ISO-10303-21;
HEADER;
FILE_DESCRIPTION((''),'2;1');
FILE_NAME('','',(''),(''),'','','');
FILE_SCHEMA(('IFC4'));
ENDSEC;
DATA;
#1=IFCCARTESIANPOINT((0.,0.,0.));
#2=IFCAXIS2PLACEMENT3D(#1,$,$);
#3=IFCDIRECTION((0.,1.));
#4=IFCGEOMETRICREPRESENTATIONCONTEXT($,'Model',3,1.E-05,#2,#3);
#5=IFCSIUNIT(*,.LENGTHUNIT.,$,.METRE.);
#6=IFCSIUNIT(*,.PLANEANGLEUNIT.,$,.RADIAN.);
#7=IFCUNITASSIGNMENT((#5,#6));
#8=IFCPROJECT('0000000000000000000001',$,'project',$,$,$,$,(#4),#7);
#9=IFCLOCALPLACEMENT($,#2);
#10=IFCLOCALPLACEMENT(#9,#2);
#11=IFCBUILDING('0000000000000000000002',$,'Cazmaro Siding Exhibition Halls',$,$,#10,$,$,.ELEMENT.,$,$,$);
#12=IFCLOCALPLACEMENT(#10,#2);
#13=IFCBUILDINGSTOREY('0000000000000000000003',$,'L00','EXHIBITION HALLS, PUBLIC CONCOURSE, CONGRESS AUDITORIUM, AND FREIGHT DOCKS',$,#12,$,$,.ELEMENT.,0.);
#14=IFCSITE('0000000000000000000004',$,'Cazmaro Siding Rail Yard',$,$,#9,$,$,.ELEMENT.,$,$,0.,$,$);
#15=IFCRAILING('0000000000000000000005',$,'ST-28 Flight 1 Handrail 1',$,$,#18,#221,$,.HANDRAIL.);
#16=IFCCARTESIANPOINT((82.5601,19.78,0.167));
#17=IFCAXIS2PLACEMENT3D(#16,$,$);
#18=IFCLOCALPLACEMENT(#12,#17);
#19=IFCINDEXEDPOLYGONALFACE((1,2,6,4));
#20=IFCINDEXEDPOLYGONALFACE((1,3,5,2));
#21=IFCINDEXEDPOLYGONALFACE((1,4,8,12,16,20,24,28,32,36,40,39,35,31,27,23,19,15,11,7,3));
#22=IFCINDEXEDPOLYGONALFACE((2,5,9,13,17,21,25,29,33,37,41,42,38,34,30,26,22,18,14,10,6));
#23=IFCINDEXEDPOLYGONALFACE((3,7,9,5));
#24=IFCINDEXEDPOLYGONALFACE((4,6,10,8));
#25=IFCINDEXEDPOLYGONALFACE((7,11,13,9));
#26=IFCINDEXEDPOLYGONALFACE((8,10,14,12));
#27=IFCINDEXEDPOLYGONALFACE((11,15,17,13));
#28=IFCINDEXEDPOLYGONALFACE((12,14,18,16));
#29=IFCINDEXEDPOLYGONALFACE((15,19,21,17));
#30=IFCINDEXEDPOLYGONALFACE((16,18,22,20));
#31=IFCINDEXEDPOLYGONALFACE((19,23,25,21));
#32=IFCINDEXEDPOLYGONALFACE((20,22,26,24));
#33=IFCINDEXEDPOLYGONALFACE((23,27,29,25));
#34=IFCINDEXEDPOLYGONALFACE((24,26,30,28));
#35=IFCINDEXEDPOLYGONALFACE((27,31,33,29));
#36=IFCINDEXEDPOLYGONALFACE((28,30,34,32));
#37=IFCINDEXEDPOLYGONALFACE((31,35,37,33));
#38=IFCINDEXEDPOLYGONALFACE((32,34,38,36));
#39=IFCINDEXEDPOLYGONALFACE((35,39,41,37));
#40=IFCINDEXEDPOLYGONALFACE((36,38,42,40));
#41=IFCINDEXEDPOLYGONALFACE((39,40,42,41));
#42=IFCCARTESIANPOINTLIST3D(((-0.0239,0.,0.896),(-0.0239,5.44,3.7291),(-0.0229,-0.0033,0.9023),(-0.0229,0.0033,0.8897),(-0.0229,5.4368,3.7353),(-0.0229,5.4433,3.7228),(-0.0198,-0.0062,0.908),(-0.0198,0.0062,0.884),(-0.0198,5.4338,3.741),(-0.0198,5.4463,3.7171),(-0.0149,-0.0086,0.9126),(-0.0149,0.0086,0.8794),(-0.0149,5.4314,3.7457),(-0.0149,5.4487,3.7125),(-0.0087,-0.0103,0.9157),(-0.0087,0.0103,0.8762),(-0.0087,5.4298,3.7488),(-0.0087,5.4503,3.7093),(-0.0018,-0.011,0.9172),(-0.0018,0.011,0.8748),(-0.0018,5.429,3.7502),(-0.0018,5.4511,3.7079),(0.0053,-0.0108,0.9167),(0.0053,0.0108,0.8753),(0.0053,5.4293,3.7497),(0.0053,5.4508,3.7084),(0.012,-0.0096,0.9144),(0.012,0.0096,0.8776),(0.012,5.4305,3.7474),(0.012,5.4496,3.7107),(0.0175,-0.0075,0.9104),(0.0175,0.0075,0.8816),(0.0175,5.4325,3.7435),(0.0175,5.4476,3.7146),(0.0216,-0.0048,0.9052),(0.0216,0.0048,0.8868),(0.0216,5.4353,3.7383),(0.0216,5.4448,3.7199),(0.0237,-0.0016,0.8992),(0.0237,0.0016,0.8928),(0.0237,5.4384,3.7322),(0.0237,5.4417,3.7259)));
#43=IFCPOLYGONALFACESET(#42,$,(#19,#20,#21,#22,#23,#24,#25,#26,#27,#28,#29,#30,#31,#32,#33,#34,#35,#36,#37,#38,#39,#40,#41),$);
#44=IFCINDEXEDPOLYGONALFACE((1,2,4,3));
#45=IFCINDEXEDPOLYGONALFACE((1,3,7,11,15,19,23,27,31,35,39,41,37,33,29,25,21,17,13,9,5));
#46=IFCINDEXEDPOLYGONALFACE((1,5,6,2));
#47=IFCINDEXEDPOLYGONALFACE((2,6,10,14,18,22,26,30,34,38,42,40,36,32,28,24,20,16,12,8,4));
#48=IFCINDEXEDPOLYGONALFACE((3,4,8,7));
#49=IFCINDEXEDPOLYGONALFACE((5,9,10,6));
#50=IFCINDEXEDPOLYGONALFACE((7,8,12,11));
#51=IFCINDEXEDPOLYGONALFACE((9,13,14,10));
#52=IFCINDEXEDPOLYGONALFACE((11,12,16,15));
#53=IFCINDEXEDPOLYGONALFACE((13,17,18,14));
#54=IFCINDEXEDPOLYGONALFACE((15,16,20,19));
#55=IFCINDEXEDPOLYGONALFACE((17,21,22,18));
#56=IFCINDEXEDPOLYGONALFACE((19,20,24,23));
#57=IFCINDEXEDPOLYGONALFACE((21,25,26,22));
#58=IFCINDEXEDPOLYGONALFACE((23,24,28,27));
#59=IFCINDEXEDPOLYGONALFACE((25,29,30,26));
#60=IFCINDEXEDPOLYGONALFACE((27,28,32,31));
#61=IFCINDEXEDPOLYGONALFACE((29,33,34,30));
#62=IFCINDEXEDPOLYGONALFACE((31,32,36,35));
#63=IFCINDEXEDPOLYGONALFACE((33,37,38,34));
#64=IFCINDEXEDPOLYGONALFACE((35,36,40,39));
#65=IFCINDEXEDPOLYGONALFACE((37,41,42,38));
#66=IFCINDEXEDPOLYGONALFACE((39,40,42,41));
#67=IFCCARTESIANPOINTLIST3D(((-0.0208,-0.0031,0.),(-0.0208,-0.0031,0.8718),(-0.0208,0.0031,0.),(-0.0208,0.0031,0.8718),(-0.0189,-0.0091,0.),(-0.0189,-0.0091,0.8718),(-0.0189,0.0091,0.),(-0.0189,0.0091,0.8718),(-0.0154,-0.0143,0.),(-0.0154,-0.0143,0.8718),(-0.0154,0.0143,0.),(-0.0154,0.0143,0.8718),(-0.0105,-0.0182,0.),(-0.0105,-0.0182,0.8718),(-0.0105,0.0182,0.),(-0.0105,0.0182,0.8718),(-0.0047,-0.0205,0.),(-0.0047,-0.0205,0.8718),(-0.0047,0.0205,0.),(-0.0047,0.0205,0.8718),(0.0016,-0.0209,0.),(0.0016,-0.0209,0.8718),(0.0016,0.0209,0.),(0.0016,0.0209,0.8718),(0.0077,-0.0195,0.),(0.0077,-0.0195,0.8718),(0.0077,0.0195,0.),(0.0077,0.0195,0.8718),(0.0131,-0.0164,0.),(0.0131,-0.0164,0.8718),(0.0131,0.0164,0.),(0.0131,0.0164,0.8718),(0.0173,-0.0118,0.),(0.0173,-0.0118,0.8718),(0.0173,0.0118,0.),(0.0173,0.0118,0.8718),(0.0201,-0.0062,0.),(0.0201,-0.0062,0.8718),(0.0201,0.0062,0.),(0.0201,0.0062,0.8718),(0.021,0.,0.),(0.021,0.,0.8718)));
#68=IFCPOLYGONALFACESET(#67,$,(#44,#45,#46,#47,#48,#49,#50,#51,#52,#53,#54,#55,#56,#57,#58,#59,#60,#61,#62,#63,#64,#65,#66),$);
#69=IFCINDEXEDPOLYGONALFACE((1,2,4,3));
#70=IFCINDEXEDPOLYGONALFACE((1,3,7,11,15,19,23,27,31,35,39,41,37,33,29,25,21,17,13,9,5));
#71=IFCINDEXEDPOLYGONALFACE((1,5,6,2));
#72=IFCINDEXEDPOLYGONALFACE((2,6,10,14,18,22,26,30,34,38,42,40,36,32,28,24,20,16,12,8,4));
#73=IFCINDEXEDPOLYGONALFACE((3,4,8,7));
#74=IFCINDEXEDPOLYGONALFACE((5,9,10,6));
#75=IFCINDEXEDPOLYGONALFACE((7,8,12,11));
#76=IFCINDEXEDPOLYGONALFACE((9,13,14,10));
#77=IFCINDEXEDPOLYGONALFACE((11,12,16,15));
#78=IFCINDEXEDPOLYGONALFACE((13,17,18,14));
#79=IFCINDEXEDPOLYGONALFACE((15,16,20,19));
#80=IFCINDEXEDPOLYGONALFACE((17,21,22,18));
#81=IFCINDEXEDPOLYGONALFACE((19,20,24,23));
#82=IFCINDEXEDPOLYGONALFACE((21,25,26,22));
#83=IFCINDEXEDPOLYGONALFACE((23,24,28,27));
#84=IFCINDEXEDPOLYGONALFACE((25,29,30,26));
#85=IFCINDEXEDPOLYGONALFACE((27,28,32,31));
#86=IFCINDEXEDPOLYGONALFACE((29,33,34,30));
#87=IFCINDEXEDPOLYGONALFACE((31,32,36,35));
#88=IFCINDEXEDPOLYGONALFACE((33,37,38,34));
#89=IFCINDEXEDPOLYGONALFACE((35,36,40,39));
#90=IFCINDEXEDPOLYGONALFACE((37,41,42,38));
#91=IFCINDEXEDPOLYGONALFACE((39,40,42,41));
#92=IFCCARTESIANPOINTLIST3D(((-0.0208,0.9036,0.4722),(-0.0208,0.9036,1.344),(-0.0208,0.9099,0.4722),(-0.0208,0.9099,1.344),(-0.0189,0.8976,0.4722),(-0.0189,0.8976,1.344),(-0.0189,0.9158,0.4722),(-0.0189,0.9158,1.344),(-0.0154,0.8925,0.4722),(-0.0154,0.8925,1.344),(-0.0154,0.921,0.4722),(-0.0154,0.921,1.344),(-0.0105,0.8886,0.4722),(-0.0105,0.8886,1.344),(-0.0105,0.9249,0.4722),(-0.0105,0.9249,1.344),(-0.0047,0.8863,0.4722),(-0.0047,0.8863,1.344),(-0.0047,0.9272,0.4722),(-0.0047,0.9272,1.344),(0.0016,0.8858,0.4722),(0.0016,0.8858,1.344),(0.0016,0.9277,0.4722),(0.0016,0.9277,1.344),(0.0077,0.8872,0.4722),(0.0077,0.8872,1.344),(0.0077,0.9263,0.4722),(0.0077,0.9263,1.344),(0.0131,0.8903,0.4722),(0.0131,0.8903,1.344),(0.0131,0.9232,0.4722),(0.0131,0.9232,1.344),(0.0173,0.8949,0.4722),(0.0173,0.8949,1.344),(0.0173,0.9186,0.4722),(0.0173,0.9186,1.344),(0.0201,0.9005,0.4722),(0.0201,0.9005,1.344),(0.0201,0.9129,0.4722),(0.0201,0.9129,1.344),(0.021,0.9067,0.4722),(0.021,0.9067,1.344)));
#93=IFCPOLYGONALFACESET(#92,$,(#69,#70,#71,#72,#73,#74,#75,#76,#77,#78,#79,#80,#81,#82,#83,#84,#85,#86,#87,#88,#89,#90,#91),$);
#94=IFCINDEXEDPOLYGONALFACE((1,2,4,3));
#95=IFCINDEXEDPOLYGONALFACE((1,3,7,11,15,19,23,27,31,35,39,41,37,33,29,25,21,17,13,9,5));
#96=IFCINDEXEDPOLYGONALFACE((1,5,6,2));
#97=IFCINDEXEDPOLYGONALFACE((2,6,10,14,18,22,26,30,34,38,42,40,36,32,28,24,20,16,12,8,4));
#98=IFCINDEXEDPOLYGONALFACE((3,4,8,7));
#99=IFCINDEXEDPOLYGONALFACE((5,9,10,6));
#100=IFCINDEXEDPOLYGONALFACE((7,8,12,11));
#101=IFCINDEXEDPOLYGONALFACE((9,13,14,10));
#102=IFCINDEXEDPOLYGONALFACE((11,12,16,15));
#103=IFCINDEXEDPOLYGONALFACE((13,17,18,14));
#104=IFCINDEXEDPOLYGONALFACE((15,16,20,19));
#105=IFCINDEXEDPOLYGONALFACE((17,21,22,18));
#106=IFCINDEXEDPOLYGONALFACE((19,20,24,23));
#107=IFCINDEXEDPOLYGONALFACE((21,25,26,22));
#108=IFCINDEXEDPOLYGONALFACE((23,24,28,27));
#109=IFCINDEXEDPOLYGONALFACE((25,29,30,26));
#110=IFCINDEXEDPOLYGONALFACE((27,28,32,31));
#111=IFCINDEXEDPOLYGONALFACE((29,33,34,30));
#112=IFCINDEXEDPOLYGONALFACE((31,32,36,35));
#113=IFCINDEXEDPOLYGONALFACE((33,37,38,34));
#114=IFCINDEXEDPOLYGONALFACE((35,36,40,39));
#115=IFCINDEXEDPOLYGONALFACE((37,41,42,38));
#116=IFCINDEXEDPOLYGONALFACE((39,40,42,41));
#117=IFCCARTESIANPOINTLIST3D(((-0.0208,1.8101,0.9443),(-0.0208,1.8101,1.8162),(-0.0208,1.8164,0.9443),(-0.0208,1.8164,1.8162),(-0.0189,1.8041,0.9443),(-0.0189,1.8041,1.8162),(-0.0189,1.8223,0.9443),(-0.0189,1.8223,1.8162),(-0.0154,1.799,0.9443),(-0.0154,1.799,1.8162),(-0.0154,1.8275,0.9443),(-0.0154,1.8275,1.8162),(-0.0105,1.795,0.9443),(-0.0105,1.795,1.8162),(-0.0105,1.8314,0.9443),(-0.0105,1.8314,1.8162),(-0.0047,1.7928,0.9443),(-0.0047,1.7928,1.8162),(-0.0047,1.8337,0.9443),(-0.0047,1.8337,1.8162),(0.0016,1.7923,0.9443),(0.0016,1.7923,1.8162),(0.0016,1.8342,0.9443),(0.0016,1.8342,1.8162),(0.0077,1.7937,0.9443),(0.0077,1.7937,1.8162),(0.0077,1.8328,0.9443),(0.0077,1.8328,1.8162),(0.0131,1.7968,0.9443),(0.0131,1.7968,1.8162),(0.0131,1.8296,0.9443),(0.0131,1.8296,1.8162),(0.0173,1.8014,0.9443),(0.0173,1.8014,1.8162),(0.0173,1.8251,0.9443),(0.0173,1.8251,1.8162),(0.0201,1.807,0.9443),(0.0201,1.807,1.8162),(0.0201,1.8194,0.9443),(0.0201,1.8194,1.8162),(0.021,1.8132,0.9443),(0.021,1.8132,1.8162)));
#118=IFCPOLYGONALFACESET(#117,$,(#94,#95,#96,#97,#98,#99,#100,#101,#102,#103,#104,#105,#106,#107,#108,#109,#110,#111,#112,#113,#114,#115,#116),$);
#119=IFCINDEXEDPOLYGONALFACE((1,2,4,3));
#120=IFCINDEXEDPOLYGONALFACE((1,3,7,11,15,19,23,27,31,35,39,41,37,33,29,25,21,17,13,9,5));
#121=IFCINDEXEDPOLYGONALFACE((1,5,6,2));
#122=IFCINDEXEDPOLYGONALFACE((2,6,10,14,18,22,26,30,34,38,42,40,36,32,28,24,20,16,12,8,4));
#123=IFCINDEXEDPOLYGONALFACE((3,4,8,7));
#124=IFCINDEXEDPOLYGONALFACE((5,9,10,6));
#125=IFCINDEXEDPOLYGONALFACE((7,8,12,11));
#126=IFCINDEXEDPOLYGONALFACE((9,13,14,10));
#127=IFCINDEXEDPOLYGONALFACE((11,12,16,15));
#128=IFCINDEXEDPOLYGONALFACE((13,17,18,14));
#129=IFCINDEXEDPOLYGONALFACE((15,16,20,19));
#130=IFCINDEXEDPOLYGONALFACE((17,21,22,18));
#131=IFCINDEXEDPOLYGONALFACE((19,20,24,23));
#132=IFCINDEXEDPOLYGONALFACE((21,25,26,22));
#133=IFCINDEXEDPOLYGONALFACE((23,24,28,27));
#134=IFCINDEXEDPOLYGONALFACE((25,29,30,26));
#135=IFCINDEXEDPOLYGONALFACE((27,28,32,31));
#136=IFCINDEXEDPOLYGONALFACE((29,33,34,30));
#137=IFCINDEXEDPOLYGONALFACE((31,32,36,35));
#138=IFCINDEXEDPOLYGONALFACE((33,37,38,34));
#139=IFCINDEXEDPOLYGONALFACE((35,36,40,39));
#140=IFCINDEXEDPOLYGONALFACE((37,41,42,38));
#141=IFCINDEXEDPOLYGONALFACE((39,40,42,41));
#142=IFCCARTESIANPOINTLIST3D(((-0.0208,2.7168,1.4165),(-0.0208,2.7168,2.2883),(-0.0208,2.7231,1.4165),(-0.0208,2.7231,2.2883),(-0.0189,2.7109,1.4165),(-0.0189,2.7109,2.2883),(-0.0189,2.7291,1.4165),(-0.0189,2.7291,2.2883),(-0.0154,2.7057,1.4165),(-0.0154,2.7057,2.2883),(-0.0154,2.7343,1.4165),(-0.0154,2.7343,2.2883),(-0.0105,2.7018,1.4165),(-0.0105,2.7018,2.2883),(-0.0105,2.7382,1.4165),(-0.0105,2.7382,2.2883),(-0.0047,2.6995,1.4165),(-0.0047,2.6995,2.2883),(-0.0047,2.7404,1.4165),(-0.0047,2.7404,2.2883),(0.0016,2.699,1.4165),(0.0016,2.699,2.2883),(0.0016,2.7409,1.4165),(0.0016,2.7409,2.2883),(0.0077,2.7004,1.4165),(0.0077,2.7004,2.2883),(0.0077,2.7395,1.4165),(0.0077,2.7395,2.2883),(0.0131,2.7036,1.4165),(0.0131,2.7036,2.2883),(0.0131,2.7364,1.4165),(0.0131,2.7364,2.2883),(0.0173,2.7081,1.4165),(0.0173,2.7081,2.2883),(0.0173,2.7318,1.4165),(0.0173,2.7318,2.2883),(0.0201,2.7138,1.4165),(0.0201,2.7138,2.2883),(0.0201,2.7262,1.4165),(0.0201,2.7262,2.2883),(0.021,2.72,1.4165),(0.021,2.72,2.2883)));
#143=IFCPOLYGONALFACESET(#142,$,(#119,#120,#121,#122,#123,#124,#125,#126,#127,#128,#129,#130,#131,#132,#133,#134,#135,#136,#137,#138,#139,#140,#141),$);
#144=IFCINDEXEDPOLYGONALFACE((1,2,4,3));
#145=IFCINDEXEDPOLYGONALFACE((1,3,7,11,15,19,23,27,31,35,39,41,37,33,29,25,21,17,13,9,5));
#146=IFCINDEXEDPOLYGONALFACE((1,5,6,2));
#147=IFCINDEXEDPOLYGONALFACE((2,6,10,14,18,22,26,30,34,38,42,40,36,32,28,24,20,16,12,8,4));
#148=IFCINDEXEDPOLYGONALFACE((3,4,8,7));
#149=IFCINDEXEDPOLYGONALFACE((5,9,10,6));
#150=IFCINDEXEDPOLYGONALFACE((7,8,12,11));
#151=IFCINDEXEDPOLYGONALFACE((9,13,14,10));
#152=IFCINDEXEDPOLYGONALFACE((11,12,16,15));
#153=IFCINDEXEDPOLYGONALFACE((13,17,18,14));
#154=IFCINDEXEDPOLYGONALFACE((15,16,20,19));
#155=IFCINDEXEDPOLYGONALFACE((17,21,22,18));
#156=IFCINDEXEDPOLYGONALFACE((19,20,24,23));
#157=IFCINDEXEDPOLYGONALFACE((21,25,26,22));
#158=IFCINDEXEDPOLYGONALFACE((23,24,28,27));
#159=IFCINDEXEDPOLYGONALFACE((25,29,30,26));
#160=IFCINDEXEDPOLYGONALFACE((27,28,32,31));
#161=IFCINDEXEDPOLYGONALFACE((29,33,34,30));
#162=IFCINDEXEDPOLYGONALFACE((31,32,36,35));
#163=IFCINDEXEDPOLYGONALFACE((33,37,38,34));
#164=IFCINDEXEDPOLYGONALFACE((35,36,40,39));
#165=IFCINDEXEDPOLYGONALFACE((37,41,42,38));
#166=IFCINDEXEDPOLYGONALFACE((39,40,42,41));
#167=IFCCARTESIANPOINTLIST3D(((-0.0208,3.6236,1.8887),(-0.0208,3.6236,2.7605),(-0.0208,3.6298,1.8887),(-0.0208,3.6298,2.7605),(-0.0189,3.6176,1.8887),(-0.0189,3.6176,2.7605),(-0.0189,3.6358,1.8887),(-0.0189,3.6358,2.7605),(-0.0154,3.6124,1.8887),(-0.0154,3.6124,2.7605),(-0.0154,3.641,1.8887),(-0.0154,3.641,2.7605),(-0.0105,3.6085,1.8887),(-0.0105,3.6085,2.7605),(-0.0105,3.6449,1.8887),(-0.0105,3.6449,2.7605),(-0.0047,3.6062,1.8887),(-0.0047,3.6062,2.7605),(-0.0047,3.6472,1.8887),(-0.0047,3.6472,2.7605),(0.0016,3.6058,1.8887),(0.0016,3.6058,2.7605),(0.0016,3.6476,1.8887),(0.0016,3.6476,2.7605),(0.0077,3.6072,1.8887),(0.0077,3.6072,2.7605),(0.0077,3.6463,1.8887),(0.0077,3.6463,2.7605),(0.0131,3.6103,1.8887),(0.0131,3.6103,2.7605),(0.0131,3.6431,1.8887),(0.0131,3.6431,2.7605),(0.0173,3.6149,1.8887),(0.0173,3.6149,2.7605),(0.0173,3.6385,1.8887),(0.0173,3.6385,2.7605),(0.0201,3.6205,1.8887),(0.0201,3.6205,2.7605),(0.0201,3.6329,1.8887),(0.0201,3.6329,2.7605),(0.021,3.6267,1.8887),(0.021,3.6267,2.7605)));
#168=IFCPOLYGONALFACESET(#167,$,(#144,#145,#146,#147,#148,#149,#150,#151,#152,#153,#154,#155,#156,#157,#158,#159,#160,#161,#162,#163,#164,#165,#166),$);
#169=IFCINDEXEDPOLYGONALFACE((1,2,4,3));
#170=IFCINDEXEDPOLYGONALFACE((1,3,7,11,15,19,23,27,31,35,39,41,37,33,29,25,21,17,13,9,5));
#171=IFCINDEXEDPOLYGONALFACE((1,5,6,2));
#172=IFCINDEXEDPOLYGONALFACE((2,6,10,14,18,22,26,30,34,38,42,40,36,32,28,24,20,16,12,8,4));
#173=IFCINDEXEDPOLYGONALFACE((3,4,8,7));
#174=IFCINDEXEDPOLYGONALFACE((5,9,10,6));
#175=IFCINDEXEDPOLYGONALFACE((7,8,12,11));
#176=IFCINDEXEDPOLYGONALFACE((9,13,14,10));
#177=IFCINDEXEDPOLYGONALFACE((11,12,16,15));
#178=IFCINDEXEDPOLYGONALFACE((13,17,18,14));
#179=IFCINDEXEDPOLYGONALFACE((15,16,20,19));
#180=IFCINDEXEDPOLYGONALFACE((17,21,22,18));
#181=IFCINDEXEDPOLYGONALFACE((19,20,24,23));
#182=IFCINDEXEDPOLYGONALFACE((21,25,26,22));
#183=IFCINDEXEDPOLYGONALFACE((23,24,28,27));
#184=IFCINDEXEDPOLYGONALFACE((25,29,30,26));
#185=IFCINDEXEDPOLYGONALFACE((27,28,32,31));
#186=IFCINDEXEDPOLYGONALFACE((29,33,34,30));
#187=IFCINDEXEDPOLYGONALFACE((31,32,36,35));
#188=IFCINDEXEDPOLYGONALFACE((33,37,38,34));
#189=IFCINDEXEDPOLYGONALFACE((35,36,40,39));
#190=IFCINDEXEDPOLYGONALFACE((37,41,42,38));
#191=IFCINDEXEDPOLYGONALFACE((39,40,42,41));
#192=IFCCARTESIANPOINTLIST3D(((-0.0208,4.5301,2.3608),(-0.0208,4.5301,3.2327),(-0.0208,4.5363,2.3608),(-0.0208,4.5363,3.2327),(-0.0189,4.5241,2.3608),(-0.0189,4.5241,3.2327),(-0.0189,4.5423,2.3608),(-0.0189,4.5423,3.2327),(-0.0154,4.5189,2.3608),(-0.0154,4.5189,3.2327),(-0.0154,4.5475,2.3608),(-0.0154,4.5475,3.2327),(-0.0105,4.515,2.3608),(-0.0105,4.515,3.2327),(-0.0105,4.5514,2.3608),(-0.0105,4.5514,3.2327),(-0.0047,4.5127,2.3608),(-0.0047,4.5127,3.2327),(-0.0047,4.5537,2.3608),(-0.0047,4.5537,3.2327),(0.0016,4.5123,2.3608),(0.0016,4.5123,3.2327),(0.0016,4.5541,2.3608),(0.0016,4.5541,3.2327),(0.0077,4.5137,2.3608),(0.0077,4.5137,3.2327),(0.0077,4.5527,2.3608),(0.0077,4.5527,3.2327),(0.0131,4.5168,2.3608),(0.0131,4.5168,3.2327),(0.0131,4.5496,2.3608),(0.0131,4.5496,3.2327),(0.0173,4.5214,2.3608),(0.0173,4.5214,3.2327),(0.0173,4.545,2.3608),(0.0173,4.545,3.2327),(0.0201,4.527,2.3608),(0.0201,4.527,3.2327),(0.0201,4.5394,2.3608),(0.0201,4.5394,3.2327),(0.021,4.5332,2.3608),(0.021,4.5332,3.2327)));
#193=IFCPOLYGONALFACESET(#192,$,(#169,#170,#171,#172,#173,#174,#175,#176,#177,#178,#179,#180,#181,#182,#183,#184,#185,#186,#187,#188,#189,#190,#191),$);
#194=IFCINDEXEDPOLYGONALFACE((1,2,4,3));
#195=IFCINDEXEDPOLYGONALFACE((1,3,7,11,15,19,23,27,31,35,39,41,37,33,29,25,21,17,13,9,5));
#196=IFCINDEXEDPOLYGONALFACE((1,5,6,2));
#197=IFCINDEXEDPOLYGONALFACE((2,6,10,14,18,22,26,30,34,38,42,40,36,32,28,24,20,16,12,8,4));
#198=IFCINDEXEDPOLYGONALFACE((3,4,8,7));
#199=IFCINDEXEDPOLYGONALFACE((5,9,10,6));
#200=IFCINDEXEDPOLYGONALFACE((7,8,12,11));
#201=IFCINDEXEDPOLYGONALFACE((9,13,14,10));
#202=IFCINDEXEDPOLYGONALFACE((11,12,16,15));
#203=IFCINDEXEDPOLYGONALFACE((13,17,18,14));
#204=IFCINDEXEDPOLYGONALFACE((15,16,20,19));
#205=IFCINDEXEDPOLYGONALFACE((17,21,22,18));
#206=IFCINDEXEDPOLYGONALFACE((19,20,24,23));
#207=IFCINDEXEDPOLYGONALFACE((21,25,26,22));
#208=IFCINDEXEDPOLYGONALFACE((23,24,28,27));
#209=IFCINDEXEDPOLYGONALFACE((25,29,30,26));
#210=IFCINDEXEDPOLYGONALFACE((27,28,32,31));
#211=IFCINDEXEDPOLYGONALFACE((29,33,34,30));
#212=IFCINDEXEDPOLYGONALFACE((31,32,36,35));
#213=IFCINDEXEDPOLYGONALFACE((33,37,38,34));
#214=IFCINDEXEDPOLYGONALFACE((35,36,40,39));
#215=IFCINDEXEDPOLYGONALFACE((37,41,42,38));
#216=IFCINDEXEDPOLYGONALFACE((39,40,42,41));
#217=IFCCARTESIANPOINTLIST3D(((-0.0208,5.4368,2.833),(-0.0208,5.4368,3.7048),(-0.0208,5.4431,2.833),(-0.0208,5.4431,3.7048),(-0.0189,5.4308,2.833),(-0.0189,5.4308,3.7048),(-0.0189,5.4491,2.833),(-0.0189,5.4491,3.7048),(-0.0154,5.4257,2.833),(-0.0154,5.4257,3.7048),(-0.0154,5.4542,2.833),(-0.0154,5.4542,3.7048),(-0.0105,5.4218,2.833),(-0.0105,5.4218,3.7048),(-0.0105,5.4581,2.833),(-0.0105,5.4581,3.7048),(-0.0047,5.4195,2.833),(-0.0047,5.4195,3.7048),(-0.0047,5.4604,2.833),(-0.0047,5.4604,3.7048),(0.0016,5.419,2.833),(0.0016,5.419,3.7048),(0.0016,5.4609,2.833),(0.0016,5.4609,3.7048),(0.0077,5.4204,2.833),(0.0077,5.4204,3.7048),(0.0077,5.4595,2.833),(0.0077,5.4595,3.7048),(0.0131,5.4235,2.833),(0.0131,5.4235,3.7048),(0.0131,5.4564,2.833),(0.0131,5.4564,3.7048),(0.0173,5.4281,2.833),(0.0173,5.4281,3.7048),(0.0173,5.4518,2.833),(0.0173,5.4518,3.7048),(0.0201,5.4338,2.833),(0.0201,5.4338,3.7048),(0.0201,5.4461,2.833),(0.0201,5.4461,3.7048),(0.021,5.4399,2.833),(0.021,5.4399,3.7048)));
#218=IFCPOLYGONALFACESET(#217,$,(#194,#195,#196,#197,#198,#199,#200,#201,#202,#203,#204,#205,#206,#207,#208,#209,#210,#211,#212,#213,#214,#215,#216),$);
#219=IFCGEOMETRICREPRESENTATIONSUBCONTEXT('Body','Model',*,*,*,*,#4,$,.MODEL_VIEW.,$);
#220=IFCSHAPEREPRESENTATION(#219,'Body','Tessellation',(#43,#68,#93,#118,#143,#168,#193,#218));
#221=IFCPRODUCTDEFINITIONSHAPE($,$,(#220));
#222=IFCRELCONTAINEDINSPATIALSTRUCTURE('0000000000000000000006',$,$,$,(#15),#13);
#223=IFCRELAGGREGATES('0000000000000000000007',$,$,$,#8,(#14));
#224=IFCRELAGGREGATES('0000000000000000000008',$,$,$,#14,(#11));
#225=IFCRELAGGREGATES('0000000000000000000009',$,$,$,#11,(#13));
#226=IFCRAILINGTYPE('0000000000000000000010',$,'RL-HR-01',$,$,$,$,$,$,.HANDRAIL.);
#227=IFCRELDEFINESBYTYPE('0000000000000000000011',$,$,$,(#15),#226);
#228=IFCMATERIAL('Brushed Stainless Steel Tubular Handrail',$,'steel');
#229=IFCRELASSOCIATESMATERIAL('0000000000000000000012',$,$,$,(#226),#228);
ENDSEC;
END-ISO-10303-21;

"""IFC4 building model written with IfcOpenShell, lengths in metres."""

from ifc_helpers import new_model, si_unit, direction, frame, origin, origin_2d, place, context, subcontext, project, spatial, circle, extrude, material, type_object, element, save


model = new_model("IFC4")

# Units and contexts
model_context = context("Model", 3, precision=1e-05, world=origin(), true_north=direction((0.0, 1.0)))
body_context = subcontext(model_context, "Body", "Model", "MODEL_VIEW")
ifc_project = project(units=[si_unit("LENGTHUNIT", "METRE"), si_unit("PLANEANGLEUNIT", "RADIAN")], contexts=[model_context])

# Site, building, storey
site_placement = place(None, origin())
site = spatial("IfcSite", under=ifc_project, at=site_placement, Name="Cazmaro Siding Rail Yard", CompositionType="ELEMENT", RefElevation=0.0)
building_placement = place(site_placement, origin())
building = spatial("IfcBuilding", under=site, at=building_placement, Name="Cazmaro Siding Exhibition Halls", CompositionType="ELEMENT")
storey_placement = place(building_placement, origin())
storey = spatial("IfcBuildingStorey", under=building, at=storey_placement, Name="L00", Description="EXHIBITION HALLS, PUBLIC CONCOURSE, CONGRESS AUDITORIUM, AND FREIGHT DOCKS", CompositionType="ELEMENT", Elevation=0.0)

# Railing
ifc_material_1 = material(Name="Brushed Stainless Steel Tubular Handrail", Category="steel")
railing_type_1 = type_object("IfcRailingType", Name="RL-HR-01", PredefinedType="HANDRAIL", material=ifc_material_1)
railing_1_placement = place(storey_placement, frame((82.5601, 19.78, 0.167)))
element("IfcRailing", 1, at=railing_1_placement, inside=storey, type_object=railing_type_1, Name="ST-28 Flight 1 Handrail 1", PredefinedType="HANDRAIL", context=body_context, shape_type="SweptSolid", body=[
    extrude(circle(Radius=0.0239, at=origin_2d()), frame((0.0, 0.0, 0.896), z_axis=(0.0, 0.886934, 0.461897), x_axis=(-1.0, 0.0, 0.0)), (0.0, 0.0, 1.0), 6.1335),
    extrude(circle(Radius=0.021, at=origin_2d()), origin(), (0.0, 0.0, 1.0), 0.8718),
    extrude(circle(Radius=0.021, at=origin_2d()), frame((0.0, 0.9067, 0.4722)), (0.0, 0.0, 1.0), 0.8718),
    extrude(circle(Radius=0.021, at=origin_2d()), frame((0.0, 1.8132, 0.9443)), (0.0, 0.0, 1.0), 0.8718),
    extrude(circle(Radius=0.021, at=origin_2d()), frame((0.0, 2.72, 1.4165)), (0.0, 0.0, 1.0), 0.8718),
    extrude(circle(Radius=0.021, at=origin_2d()), frame((0.0, 3.6267, 1.8887)), (0.0, 0.0, 1.0), 0.8718),
    extrude(circle(Radius=0.021, at=origin_2d()), frame((0.0, 4.5332, 2.3608)), (0.0, 0.0, 1.0), 0.8718),
    extrude(circle(Radius=0.021, at=origin_2d()), frame((0.0, 5.4399, 2.833)), (0.0, 0.0, 1.0), 0.8718),
])

save(model, "model.ifc")
